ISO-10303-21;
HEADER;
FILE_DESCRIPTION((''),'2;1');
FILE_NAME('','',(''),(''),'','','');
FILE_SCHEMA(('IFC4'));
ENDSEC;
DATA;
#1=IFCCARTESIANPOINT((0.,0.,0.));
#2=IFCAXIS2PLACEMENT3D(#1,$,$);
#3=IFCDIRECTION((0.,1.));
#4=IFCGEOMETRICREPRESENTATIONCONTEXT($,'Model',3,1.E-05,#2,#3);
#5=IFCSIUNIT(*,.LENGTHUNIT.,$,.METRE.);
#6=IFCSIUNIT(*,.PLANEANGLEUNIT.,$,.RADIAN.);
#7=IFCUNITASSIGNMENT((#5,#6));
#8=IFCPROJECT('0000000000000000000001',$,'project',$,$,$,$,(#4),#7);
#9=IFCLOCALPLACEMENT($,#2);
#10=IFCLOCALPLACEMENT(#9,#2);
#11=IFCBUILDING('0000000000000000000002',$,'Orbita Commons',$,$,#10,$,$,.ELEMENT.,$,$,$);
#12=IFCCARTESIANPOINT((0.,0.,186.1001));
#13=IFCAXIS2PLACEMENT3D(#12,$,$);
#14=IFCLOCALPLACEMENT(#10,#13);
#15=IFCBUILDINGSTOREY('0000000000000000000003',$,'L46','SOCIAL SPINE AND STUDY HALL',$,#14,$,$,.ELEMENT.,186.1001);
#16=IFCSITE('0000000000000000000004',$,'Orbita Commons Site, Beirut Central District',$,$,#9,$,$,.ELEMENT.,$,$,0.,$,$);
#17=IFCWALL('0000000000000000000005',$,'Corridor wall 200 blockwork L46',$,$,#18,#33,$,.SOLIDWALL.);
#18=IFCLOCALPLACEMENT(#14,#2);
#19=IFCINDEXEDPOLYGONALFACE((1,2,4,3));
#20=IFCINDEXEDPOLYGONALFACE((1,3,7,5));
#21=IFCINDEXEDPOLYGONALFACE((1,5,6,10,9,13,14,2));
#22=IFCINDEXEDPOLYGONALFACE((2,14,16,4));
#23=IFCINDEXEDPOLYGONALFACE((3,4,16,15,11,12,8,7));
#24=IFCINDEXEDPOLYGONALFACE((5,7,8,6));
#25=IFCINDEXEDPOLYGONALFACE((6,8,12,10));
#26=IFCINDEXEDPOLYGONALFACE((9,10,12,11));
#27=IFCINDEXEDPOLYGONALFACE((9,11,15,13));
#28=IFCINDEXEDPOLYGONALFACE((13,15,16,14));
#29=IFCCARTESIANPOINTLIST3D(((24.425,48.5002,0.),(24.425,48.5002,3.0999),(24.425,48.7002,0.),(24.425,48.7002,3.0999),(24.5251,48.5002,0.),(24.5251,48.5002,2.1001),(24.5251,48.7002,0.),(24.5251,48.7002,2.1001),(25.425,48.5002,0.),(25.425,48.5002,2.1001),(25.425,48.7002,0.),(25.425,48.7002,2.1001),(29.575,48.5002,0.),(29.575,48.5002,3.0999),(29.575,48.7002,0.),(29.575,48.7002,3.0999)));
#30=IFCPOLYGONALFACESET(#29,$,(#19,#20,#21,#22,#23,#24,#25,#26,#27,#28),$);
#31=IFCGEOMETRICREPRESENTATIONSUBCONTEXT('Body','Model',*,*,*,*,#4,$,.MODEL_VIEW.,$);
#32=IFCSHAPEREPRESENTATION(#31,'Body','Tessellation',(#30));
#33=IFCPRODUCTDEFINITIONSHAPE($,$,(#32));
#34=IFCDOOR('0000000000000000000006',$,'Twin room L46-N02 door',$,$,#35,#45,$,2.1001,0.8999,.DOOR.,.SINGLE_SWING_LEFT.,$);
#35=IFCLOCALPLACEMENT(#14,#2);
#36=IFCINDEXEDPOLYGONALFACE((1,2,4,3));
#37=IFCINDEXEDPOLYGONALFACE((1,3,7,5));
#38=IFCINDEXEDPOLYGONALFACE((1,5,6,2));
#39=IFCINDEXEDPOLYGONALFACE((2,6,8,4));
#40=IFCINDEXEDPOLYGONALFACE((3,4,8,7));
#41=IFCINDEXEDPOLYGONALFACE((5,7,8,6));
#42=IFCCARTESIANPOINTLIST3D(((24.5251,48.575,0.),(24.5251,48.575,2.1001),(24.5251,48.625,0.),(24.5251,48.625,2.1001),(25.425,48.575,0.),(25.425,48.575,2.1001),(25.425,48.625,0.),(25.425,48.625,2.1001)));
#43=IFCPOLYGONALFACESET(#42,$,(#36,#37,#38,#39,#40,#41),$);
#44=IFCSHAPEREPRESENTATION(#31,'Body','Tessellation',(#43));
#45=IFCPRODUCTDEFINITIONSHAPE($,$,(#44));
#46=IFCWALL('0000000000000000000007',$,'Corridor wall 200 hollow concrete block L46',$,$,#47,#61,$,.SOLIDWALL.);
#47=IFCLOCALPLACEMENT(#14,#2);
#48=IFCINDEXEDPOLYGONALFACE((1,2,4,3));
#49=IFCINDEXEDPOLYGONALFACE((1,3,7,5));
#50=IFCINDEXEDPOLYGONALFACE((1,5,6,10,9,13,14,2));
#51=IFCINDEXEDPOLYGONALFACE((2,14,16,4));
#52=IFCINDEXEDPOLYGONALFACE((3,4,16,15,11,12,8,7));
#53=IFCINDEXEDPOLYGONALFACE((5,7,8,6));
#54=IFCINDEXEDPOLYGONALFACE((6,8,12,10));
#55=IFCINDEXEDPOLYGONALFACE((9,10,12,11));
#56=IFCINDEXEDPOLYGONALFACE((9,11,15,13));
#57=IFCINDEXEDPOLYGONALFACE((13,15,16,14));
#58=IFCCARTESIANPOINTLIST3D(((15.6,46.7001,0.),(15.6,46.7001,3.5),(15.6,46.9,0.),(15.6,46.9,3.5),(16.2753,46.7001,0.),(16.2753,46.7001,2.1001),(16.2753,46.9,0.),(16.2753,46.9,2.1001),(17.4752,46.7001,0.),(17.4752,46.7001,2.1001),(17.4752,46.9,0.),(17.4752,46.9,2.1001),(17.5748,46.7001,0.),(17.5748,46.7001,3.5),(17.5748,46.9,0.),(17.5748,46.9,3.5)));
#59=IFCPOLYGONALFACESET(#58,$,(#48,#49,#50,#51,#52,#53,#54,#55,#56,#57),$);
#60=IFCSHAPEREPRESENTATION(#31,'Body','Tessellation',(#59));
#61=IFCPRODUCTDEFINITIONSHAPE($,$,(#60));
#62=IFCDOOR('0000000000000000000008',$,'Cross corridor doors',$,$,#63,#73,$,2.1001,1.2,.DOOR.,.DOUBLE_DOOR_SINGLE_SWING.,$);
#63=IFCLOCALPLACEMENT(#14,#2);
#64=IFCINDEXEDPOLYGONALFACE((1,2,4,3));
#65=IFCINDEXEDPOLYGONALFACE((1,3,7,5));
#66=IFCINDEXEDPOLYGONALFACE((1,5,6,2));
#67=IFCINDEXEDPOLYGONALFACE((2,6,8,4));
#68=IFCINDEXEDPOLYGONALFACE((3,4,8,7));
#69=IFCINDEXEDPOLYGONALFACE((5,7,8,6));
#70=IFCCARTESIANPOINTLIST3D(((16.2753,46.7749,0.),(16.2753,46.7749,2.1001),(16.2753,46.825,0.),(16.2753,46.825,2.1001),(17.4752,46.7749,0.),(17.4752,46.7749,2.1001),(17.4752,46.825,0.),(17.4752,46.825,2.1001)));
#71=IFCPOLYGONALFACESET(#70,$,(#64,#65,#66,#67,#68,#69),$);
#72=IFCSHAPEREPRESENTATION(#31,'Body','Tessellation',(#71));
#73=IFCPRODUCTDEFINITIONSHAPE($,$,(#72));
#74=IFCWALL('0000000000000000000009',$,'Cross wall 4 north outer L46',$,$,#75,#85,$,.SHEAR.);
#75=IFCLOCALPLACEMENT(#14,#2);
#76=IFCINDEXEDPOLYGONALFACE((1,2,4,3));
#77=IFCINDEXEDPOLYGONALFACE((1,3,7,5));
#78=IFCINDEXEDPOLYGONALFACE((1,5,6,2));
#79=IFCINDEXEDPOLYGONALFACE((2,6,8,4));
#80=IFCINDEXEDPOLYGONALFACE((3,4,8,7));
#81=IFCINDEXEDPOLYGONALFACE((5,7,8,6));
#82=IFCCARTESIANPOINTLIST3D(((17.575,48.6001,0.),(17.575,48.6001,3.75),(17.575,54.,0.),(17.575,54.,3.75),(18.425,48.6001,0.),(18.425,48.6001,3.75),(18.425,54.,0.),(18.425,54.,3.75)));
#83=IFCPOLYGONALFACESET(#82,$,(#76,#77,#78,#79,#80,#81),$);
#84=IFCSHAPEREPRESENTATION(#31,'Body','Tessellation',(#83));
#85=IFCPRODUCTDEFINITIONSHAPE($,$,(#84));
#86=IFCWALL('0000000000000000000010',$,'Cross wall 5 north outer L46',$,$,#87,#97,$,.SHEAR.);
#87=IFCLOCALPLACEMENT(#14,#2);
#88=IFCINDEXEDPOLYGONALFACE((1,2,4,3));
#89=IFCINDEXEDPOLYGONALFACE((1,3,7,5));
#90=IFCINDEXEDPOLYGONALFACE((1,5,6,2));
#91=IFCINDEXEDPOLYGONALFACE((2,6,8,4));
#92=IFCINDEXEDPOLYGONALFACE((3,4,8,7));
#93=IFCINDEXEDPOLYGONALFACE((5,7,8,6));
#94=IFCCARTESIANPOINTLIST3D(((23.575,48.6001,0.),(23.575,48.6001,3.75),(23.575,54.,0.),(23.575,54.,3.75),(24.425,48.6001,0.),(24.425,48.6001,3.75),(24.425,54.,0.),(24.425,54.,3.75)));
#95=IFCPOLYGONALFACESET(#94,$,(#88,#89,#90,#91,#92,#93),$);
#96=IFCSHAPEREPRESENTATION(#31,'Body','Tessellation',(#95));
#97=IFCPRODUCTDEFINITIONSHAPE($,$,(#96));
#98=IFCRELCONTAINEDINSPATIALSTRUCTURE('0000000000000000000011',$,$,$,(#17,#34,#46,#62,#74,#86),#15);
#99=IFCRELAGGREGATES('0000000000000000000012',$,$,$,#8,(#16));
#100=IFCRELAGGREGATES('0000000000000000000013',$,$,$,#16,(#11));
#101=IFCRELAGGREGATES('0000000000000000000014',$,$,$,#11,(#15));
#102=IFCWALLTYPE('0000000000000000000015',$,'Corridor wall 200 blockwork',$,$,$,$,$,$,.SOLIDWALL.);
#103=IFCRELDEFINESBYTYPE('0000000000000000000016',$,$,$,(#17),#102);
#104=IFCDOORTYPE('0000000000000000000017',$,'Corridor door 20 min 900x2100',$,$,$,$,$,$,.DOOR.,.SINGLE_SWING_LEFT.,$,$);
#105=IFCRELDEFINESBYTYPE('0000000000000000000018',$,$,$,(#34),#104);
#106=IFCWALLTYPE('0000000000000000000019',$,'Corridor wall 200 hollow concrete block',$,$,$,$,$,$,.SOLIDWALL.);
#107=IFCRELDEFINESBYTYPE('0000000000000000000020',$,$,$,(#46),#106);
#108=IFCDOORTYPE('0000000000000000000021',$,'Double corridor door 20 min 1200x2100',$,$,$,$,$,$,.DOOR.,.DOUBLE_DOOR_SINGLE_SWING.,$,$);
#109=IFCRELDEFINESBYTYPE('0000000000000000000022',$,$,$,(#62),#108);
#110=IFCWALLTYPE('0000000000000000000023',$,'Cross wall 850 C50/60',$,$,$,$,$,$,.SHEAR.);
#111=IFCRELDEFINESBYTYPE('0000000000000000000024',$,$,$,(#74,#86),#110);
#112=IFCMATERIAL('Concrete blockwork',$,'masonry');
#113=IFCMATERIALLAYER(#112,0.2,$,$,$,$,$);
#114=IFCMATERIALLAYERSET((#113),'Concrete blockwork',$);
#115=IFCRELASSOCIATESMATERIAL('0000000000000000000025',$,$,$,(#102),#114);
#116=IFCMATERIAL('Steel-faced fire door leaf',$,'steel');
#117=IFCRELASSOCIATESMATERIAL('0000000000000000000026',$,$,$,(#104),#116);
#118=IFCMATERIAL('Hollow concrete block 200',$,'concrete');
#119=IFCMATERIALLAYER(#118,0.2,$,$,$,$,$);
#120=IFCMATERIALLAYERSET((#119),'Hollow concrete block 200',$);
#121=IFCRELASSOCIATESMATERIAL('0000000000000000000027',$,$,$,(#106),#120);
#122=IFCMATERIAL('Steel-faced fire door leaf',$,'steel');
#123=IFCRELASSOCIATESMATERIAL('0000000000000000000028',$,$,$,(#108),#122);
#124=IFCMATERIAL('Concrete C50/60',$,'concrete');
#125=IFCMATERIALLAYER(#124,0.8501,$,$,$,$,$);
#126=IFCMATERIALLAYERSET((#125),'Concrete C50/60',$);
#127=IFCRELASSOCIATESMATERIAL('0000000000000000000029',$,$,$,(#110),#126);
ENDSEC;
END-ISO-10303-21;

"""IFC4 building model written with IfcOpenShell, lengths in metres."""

from ifc_helpers import new_model, si_unit, direction, frame, frame_2d, origin, place, context, subcontext, project, spatial, polyline, rectangle, outline, extrude, material, layer, layer_set, type_object, element, fill, save


model = new_model("IFC4")

# Units and contexts
model_context = context("Model", 3, precision=1e-05, world=origin(), true_north=direction((0.0, 1.0)))
body_context = subcontext(model_context, "Body", "Model", "MODEL_VIEW")
ifc_project = project(units=[si_unit("LENGTHUNIT", "METRE"), si_unit("PLANEANGLEUNIT", "RADIAN")], contexts=[model_context])

# Site, building, storey
site_placement = place(None, origin())
site = spatial("IfcSite", under=ifc_project, at=site_placement, Name="Orbita Commons Site, Beirut Central District", CompositionType="ELEMENT", RefElevation=0.0)
building_placement = place(site_placement, origin())
building = spatial("IfcBuilding", under=site, at=building_placement, Name="Orbita Commons", CompositionType="ELEMENT")
storey_placement = place(building_placement, frame((0.0, 0.0, 186.1001)))
storey = spatial("IfcBuildingStorey", under=building, at=storey_placement, Name="L46", Description="SOCIAL SPINE AND STUDY HALL", CompositionType="ELEMENT", Elevation=186.1001)

# Walls, openings, doors
ifc_material_1 = material(Name="Concrete blockwork", Category="masonry")
ifc_layer_1 = layer(ifc_material_1, 0.2)
ifc_layer_set_1 = layer_set([ifc_layer_1], Name="Concrete blockwork")
wall_type_1 = type_object("IfcWallType", Name="Corridor wall 200 blockwork", PredefinedType="SOLIDWALL", material=ifc_layer_set_1)
ifc_material_2 = material(Name="Steel-faced fire door leaf", Category="steel")
door_type_1 = type_object("IfcDoorType", Name="Corridor door 20 min 900x2100", OperationType="SINGLE_SWING_LEFT", PredefinedType="DOOR", material=ifc_material_2)
wall_1_placement = place(storey_placement, frame((24.425, 48.6001, 0.0), z_axis=(0.0, 0.0, 1.0), x_axis=(1.0, 0.0, 0.0)))
wall_1 = element("IfcWall", 1, at=wall_1_placement, inside=storey, type_object=wall_type_1, Name="Corridor wall 200 blockwork L46", PredefinedType="SOLIDWALL", context=body_context, shape_type="SweptSolid", body=[
    extrude(outline(polyline([(0.0, 0.0), (5.1499, 0.0), (5.1499, 3.0999), (0.0, 3.0999), (0.0, 0.0)])), frame((0.0, 0.1001, 0.0), z_axis=(0.0, -1.0, 0.0), x_axis=(1.0, 0.0, 0.0)), (0.0, 0.0, 1.0), 0.2),
])
opening_1_placement = place(wall_1_placement, frame((0.1001, 0.0, 0.0)))
opening_1 = element("IfcOpeningElement", 2, at=opening_1_placement, cuts=wall_1, PredefinedType="OPENING", context=body_context, shape_type="SweptSolid", body=[
    extrude(rectangle(XDim=0.8999, YDim=2.1001, at=frame_2d((0.45, 1.05))), frame((0.0, 0.1099, 0.0), z_axis=(0.0, -1.0, 0.0), x_axis=(1.0, 0.0, 0.0)), (0.0, 0.0, 1.0), 0.22),
])
door_1_placement = place(opening_1_placement, origin())
door_1 = element("IfcDoor", 3, at=door_1_placement, inside=storey, type_object=door_type_1, Name="Twin room L46-N02 door", OperationType="SINGLE_SWING_LEFT", OverallHeight=2.1001, OverallWidth=0.8999, PredefinedType="DOOR", context=body_context, shape_type="SweptSolid", body=[
    extrude(rectangle(XDim=0.8999, YDim=2.1001, at=frame_2d((0.45, 1.05))), frame((0.0, 0.0249, 0.0), z_axis=(0.0, -1.0, 0.0), x_axis=(1.0, 0.0, 0.0)), (0.0, 0.0, 1.0), 0.05),
])
fill(opening_1, door_1)
ifc_material_3 = material(Name="Hollow concrete block 200", Category="concrete")
ifc_layer_2 = layer(ifc_material_3, 0.2)
ifc_layer_set_2 = layer_set([ifc_layer_2], Name="Hollow concrete block 200")
wall_type_2 = type_object("IfcWallType", Name="Corridor wall 200 hollow concrete block", PredefinedType="SOLIDWALL", material=ifc_layer_set_2)
wall_2_placement = place(storey_placement, frame((15.6001, 46.8, 0.0), z_axis=(0.0, 0.0, 1.0), x_axis=(1.0, 0.0, 0.0)))
wall_2 = element("IfcWall", 4, at=wall_2_placement, inside=storey, type_object=wall_type_2, Name="Corridor wall 200 hollow concrete block L46", PredefinedType="SOLIDWALL", context=body_context, shape_type="SweptSolid", body=[
    extrude(rectangle(XDim=1.9749, YDim=0.2, at=frame_2d((0.9873, 0.0))), origin(), (0.0, 0.0, 1.0), 3.5),
])
opening_2_placement = place(wall_2_placement, frame((0.675, 0.0, 0.0)))
opening_2 = element("IfcOpeningElement", 5, at=opening_2_placement, cuts=wall_2, PredefinedType="OPENING", context=body_context, shape_type="SweptSolid", body=[
    extrude(rectangle(XDim=1.2, YDim=2.1001, at=frame_2d((0.6001, 1.05))), frame((0.0, 0.1099, 0.0), z_axis=(0.0, -1.0, 0.0), x_axis=(1.0, 0.0, 0.0)), (0.0, 0.0, 1.0), 0.22),
])
ifc_material_4 = material(Name="Steel-faced fire door leaf", Category="steel")
door_type_2 = type_object("IfcDoorType", Name="Double corridor door 20 min 1200x2100", OperationType="DOUBLE_DOOR_SINGLE_SWING", PredefinedType="DOOR", material=ifc_material_4)
door_2_placement = place(opening_2_placement, origin())
door_2 = element("IfcDoor", 6, at=door_2_placement, inside=storey, type_object=door_type_2, Name="Cross corridor doors", OperationType="DOUBLE_DOOR_SINGLE_SWING", OverallHeight=2.1001, OverallWidth=1.2, PredefinedType="DOOR", context=body_context, shape_type="SweptSolid", body=[
    extrude(rectangle(XDim=1.2, YDim=2.1001, at=frame_2d((0.6001, 1.05))), frame((0.0, 0.0249, 0.0), z_axis=(0.0, -1.0, 0.0), x_axis=(1.0, 0.0, 0.0)), (0.0, 0.0, 1.0), 0.05),
])
fill(opening_2, door_2)

# Walls
ifc_material_5 = material(Name="Concrete C50/60", Category="concrete")
ifc_layer_3 = layer(ifc_material_5, 0.8501)
ifc_layer_set_3 = layer_set([ifc_layer_3], Name="Concrete C50/60")
wall_type_3 = type_object("IfcWallType", Name="Cross wall 850 C50/60", PredefinedType="SHEAR", material=ifc_layer_set_3)
for number, where, z_axis, x_axis, name in (
    (7, (18.0, 48.6001, 0.0), (0.0, 0.0, 1.0), (0.0, 1.0, 0.0), "Cross wall 4 north outer L46"),
    (8, (24.0, 48.6001, 0.0), (0.0, 0.0, 1.0), (0.0, 1.0, 0.0), "Cross wall 5 north outer L46"),
):
    element("IfcWall", number, at=place(storey_placement, frame(where, z_axis=z_axis, x_axis=x_axis)), inside=storey, type_object=wall_type_3, Name=name, PredefinedType="SHEAR", context=body_context, shape_type="SweptSolid", body=[
        extrude(rectangle(XDim=5.3999, YDim=0.8501, at=frame_2d((2.7, 0.0))), origin(), (0.0, 0.0, 1.0), 3.75),
    ])

save(model, "model.ifc")
